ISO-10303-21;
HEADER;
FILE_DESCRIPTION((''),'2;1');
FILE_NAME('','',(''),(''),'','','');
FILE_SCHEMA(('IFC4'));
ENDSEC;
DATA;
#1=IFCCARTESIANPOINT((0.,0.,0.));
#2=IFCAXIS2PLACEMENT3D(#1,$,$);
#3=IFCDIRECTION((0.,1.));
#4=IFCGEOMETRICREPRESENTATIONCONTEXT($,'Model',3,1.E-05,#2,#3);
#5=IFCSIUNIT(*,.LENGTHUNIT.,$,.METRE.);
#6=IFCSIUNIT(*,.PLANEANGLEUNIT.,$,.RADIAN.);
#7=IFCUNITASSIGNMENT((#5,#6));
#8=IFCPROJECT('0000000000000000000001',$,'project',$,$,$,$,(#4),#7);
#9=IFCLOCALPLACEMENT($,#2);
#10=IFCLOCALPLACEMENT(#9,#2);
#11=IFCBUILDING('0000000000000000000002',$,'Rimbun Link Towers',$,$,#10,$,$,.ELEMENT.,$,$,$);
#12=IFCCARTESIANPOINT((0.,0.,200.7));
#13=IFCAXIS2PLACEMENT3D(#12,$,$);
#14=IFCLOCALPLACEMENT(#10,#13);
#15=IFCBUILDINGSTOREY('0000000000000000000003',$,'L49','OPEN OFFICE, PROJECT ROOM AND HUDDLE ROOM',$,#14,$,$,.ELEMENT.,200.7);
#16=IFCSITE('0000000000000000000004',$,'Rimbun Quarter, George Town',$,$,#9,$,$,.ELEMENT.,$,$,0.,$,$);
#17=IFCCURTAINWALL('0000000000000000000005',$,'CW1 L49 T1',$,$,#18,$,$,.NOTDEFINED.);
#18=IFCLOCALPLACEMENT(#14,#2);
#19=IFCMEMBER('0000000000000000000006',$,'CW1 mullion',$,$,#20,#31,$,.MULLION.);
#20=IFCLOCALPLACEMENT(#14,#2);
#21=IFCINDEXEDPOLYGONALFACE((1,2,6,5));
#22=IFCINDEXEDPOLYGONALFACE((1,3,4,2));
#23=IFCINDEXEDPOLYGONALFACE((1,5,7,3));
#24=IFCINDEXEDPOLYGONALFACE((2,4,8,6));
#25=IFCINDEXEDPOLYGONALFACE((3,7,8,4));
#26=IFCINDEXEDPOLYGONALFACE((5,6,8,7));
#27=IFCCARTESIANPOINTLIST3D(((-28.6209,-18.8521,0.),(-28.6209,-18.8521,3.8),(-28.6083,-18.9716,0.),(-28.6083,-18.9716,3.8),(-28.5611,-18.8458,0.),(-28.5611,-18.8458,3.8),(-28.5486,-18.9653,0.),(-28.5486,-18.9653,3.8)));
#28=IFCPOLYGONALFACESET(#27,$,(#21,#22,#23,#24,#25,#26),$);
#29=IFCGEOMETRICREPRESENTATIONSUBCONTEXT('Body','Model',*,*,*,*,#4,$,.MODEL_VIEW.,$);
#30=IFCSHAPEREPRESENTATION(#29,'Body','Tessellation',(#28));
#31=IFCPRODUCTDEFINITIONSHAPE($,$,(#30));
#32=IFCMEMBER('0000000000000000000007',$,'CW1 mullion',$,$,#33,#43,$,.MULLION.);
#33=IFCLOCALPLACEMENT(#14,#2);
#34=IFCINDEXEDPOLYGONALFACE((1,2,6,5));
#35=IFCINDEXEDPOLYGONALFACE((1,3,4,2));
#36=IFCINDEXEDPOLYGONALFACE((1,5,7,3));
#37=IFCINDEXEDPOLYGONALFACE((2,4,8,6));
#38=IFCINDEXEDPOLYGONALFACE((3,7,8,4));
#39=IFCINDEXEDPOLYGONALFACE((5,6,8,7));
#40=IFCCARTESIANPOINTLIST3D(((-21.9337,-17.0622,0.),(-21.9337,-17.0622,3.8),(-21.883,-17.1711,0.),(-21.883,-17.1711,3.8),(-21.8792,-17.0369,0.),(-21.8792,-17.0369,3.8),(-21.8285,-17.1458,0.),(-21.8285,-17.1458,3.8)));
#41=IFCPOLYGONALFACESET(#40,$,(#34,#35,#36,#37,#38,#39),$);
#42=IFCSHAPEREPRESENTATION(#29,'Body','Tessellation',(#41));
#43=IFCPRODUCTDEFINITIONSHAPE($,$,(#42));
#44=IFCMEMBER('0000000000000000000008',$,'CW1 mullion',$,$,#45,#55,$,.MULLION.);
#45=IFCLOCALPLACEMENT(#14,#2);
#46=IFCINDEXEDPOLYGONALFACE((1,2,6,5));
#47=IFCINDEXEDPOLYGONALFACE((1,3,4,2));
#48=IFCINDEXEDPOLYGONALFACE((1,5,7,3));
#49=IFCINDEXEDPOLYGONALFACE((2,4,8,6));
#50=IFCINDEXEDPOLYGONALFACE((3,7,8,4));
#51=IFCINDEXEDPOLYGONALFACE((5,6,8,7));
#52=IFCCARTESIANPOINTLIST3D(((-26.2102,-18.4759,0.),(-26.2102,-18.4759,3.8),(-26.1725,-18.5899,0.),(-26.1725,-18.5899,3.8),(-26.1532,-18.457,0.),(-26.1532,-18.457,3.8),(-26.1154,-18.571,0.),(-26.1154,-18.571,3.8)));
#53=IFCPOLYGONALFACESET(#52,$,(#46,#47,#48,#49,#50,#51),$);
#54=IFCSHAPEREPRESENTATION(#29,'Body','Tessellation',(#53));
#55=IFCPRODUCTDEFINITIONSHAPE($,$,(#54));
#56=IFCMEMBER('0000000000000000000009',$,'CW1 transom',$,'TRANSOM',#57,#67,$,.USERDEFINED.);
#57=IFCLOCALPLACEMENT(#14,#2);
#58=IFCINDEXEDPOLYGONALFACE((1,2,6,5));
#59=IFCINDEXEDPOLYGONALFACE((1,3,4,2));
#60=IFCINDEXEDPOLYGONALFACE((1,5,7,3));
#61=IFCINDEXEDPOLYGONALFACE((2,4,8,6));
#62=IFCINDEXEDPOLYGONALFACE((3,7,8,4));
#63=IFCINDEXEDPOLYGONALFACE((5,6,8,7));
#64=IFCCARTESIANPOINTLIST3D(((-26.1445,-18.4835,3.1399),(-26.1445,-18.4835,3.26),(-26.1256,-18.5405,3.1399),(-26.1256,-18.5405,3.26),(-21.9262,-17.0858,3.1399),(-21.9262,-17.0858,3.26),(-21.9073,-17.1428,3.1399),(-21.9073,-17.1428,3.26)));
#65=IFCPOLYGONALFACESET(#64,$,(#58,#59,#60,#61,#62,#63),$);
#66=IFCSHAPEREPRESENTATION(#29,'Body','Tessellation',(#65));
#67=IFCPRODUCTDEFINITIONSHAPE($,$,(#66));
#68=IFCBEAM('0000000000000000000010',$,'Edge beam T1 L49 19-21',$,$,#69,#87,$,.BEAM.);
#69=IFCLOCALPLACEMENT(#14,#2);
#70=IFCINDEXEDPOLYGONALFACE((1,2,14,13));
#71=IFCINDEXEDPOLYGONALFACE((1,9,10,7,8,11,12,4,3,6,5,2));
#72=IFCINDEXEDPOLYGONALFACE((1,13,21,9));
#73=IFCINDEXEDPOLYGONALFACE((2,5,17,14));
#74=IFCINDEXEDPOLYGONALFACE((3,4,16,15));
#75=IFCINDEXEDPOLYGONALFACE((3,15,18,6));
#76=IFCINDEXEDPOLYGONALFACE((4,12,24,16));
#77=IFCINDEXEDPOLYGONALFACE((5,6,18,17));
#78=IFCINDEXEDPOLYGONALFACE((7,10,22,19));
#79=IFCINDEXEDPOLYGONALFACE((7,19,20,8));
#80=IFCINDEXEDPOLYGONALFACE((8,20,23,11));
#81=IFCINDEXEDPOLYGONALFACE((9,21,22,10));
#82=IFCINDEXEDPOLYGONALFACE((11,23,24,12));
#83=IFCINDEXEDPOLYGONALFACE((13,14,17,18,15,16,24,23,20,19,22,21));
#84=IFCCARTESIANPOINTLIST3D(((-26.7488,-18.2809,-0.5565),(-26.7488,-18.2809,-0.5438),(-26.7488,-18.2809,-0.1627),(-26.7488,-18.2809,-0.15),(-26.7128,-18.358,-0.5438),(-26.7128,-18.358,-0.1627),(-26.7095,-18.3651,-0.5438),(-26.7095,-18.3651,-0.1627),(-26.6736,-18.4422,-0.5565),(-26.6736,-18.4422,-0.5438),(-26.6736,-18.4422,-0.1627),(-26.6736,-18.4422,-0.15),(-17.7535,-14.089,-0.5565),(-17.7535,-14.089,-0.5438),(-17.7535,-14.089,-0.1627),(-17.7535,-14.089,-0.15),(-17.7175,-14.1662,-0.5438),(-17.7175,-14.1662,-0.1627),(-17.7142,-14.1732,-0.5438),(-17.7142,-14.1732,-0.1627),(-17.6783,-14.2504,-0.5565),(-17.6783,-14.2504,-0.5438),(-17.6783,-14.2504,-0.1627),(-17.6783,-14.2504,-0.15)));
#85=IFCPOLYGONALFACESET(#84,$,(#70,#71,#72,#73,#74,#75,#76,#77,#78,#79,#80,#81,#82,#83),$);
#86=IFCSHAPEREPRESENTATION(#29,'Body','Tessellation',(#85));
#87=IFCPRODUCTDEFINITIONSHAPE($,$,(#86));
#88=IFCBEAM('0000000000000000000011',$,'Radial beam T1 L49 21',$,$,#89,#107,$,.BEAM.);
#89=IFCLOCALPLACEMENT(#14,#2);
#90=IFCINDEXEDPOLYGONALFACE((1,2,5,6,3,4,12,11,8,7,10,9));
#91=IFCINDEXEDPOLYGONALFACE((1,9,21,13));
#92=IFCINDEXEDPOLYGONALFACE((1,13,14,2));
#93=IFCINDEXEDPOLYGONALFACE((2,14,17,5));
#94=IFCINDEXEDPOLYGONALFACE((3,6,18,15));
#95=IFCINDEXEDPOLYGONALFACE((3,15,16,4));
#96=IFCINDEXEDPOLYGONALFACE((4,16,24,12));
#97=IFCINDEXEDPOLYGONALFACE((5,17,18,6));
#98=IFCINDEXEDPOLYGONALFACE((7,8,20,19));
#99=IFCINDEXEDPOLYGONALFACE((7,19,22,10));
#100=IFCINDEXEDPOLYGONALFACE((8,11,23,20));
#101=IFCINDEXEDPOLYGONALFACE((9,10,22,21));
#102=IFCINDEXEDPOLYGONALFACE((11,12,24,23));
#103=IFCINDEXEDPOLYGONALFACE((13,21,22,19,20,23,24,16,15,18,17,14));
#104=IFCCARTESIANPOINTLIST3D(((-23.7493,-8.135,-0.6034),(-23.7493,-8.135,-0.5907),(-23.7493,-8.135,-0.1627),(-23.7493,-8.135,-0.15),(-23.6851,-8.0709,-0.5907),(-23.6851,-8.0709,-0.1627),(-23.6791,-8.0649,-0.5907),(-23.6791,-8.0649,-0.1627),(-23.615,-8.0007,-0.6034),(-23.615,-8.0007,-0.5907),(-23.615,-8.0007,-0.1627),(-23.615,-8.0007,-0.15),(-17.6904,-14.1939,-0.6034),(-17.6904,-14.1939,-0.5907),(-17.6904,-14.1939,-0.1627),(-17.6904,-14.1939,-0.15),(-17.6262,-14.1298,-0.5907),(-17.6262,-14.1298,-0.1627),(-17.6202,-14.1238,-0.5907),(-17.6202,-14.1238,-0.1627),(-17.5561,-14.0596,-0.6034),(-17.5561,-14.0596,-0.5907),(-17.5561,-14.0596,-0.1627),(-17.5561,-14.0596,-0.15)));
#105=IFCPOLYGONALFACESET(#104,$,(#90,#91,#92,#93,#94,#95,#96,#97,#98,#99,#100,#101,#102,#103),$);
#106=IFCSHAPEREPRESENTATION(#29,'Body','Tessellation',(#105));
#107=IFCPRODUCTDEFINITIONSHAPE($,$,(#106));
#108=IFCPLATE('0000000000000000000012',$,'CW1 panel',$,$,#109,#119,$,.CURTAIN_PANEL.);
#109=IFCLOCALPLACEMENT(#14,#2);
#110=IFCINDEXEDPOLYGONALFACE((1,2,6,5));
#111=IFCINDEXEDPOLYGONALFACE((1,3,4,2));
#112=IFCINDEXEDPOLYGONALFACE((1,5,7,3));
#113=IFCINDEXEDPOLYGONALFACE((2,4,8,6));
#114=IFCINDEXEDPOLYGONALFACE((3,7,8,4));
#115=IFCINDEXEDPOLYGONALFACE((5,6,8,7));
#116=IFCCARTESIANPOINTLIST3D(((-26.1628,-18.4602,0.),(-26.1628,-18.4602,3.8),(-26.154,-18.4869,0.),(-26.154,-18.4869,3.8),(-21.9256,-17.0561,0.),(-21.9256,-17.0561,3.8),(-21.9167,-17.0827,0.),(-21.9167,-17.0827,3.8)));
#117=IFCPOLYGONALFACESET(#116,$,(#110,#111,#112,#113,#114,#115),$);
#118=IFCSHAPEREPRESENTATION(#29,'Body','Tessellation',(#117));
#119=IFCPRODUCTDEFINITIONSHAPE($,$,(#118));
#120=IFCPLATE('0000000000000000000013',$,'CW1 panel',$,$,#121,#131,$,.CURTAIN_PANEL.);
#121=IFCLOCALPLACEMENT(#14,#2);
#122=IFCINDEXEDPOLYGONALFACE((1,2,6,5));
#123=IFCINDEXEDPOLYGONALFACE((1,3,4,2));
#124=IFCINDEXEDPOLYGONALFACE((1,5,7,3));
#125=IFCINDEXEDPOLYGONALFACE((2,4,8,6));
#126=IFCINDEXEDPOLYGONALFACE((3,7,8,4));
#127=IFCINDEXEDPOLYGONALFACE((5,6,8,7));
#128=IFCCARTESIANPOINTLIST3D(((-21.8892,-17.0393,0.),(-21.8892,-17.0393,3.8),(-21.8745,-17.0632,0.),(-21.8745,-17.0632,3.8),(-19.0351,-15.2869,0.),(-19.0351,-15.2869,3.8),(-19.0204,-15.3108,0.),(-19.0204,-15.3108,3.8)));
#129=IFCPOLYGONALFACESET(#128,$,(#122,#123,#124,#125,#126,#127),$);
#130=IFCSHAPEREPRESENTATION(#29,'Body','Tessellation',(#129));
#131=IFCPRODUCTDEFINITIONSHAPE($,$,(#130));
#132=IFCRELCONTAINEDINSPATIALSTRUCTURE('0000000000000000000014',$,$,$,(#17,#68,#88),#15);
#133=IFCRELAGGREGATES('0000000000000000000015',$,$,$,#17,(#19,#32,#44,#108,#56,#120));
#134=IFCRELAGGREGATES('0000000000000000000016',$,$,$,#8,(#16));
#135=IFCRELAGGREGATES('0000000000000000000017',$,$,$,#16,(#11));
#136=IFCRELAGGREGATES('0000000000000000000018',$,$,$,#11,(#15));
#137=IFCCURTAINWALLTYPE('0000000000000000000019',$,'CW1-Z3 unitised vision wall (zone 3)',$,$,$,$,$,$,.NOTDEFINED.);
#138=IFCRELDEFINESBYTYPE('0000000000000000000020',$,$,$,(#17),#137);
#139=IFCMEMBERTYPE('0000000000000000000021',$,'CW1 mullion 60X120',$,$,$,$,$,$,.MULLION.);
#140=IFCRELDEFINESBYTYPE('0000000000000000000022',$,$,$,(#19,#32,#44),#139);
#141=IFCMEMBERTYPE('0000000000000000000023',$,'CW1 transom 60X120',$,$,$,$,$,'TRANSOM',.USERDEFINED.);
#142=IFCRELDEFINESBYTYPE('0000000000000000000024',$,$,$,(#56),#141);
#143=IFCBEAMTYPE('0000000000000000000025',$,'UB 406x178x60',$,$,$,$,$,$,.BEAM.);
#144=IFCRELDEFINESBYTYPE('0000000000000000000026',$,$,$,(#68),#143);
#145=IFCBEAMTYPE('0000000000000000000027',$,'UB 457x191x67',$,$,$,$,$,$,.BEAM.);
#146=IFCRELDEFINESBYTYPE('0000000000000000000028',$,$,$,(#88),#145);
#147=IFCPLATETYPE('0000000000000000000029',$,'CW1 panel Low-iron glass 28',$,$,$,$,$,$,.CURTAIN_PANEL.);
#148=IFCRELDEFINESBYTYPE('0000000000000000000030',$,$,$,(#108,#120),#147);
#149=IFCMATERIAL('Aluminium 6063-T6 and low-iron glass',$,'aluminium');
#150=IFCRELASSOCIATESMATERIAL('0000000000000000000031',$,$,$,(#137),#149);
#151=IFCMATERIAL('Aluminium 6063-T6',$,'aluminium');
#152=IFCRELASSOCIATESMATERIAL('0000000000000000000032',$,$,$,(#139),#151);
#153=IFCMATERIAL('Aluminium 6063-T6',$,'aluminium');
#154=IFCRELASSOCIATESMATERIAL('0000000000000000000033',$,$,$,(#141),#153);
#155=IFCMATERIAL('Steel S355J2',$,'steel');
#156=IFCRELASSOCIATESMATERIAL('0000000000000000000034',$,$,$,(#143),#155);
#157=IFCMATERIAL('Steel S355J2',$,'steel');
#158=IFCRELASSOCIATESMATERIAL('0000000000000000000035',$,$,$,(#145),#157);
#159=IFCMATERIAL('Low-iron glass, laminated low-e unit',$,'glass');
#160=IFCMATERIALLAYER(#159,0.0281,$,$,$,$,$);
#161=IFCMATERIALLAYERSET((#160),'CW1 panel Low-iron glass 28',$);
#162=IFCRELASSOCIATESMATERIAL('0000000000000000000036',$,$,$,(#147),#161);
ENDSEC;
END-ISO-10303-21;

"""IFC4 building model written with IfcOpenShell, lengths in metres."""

from ifc_helpers import new_model, si_unit, direction, frame, origin, origin_2d, place, context, subcontext, project, spatial, rectangle, i_section, extrude, material, layer, layer_set, material_profile, profile_set, type_object, element, aggregate, save


model = new_model("IFC4")

# Units and contexts
model_context = context("Model", 3, precision=1e-05, world=origin(), true_north=direction((0.0, 1.0)))
body_context = subcontext(model_context, "Body", "Model", "MODEL_VIEW")
ifc_project = project(units=[si_unit("LENGTHUNIT", "METRE"), si_unit("PLANEANGLEUNIT", "RADIAN")], contexts=[model_context])

# Site, building, storey
site_placement = place(None, origin())
site = spatial("IfcSite", under=ifc_project, at=site_placement, Name="Rimbun Quarter, George Town", CompositionType="ELEMENT", RefElevation=0.0)
building_placement = place(site_placement, origin())
building = spatial("IfcBuilding", under=site, at=building_placement, Name="Rimbun Link Towers", CompositionType="ELEMENT")
storey_placement = place(building_placement, frame((0.0, 0.0, 200.7)))
storey = spatial("IfcBuildingStorey", under=building, at=storey_placement, Name="L49", Description="OPEN OFFICE, PROJECT ROOM AND HUDDLE ROOM", CompositionType="ELEMENT", Elevation=200.7)

# Curtain wall, members
ifc_material_1 = material(Name="Aluminium 6063-T6 and low-iron glass", Category="aluminium")
curtain_wall_type = type_object("IfcCurtainWallType", Name="CW1-Z3 unitised vision wall (zone 3)", PredefinedType="NOTDEFINED", material=ifc_material_1)
curtain_wall_placement = place(storey_placement, origin())
curtain_wall = element("IfcCurtainWall", 1, at=curtain_wall_placement, inside=storey, type_object=curtain_wall_type, Name="CW1 L49 T1", PredefinedType="NOTDEFINED")
ifc_material_2 = material(Name="Aluminium 6063-T6", Category="aluminium")
ifc_material_profile_1 = material_profile(ifc_material_2, rectangle(XDim=0.1201, YDim=0.0601, at=origin_2d()), Name="MULLION 60X120")
ifc_profile_set_1 = profile_set([ifc_material_profile_1], Name="Aluminium 6063-T6")
member_type_1 = type_object("IfcMemberType", Name="CW1 mullion 60X120", PredefinedType="MULLION", material=ifc_profile_set_1)
member_1_placement = place(storey_placement, frame((-28.5847, -18.9087, 0.0), z_axis=(0.0, 0.0, 1.0), x_axis=(0.104748, -0.994499, 0.0)))
member_1 = element("IfcMember", 2, at=member_1_placement, type_object=member_type_1, Name="CW1 mullion", PredefinedType="MULLION", context=body_context, shape_type="SweptSolid", body=[
    extrude(rectangle(XDim=0.1201, YDim=0.0601, at=origin_2d()), origin(), (0.0, 0.0, 1.0), 3.8),
])
member_2_placement = place(storey_placement, frame((-21.8811, -17.104, 0.0), z_axis=(0.0, 0.0, 1.0), x_axis=(0.421695, -0.906738, 0.0)))
member_2 = element("IfcMember", 3, at=member_2_placement, type_object=member_type_1, Name="CW1 mullion", PredefinedType="MULLION", context=body_context, shape_type="SweptSolid", body=[
    extrude(rectangle(XDim=0.1201, YDim=0.0601, at=origin_2d()), origin(), (0.0, 0.0, 1.0), 3.8),
])
member_3_placement = place(storey_placement, frame((-26.1628, -18.5234, 0.0), z_axis=(0.0, 0.0, 1.0), x_axis=(0.314558, -0.949238, 0.0)))
member_3 = element("IfcMember", 4, at=member_3_placement, type_object=member_type_1, Name="CW1 mullion", PredefinedType="MULLION", context=body_context, shape_type="SweptSolid", body=[
    extrude(rectangle(XDim=0.1201, YDim=0.0601, at=origin_2d()), origin(), (0.0, 0.0, 1.0), 3.8),
])
ifc_material_3 = material(Name="Aluminium 6063-T6", Category="aluminium")
ifc_material_profile_2 = material_profile(ifc_material_3, rectangle(XDim=0.0601, YDim=0.1201, at=origin_2d()), Name="TRANSOM 60X120")
ifc_profile_set_2 = profile_set([ifc_material_profile_2], Name="Aluminium 6063-T6")
member_type_2 = type_object("IfcMemberType", Name="CW1 transom 60X120", ElementType="TRANSOM", PredefinedType="USERDEFINED", material=ifc_profile_set_2)
member_4_placement = place(storey_placement, frame((-21.9167, -17.1143, 3.2), z_axis=(-0.949248, -0.31453, 0.0), x_axis=(0.31453, -0.949248, 0.0)))
member_4 = element("IfcMember", 5, at=member_4_placement, type_object=member_type_2, Name="CW1 transom", ObjectType="TRANSOM", PredefinedType="USERDEFINED", context=body_context, shape_type="SweptSolid", body=[
    extrude(rectangle(XDim=0.0601, YDim=0.1201, at=origin_2d()), origin(), (0.0, 0.0, 1.0), 4.4438),
])

# Beams
ifc_material_4 = material(Name="Steel S355J2", Category="steel")
ifc_material_profile_3 = material_profile(ifc_material_4, i_section(OverallWidth=0.178, OverallDepth=0.4065, WebThickness=0.0078, FlangeThickness=0.0127, at=origin_2d()), Name="UB 406x178x60")
ifc_profile_set_3 = profile_set([ifc_material_profile_3], Name="Steel S355J2")
beam_type_1 = type_object("IfcBeamType", Name="UB 406x178x60", PredefinedType="BEAM", material=ifc_profile_set_3)
beam_1_placement = place(storey_placement, frame((-26.7112, -18.3616, -0.3533), z_axis=(0.906412, 0.422394, 0.0), x_axis=(-0.422394, 0.906412, 0.0)))
element("IfcBeam", 6, at=beam_1_placement, inside=storey, type_object=beam_type_1, Name="Edge beam T1 L49 19-21", PredefinedType="BEAM", context=body_context, shape_type="SweptSolid", body=[
    extrude(i_section(OverallWidth=0.178, OverallDepth=0.4065, WebThickness=0.0078, FlangeThickness=0.0127, at=origin_2d()), origin(), (0.0, 0.0, 1.0), 9.9241),
])
ifc_material_5 = material(Name="Steel S355J2", Category="steel")
ifc_material_profile_4 = material_profile(ifc_material_5, i_section(OverallWidth=0.1899, OverallDepth=0.4534, WebThickness=0.0085, FlangeThickness=0.0127, at=origin_2d()), Name="UB 457x191x67")
ifc_profile_set_4 = profile_set([ifc_material_profile_4], Name="Steel S355J2")
beam_type_2 = type_object("IfcBeamType", Name="UB 457x191x67", PredefinedType="BEAM", material=ifc_profile_set_4)
beam_2_placement = place(storey_placement, frame((-23.6821, -8.0679, -0.3767), z_axis=(0.707107, -0.707107, 0.0), x_axis=(0.707107, 0.707107, 0.0)))
element("IfcBeam", 7, at=beam_2_placement, inside=storey, type_object=beam_type_2, Name="Radial beam T1 L49 21", PredefinedType="BEAM", context=body_context, shape_type="SweptSolid", body=[
    extrude(i_section(OverallWidth=0.1899, OverallDepth=0.4534, WebThickness=0.0085, FlangeThickness=0.0127, at=origin_2d()), origin(), (0.0, 0.0, 1.0), 8.5686),
])

# Plates
ifc_material_6 = material(Name="Low-iron glass, laminated low-e unit", Category="glass")
ifc_layer_1 = layer(ifc_material_6, 0.0281)
ifc_layer_set_1 = layer_set([ifc_layer_1], Name="CW1 panel Low-iron glass 28")
plate_type = type_object("IfcPlateType", Name="CW1 panel Low-iron glass 28", PredefinedType="CURTAIN_PANEL", material=ifc_layer_set_1)
plate_1_placement = place(storey_placement, frame((-24.0398, -17.7715, 0.0), z_axis=(0.0, 0.0, 1.0), x_axis=(-0.949238, -0.314558, 0.0)))
plate_1 = element("IfcPlate", 8, at=plate_1_placement, type_object=plate_type, Name="CW1 panel", PredefinedType="CURTAIN_PANEL", context=body_context, shape_type="SweptSolid", body=[
    extrude(rectangle(XDim=4.4639, YDim=0.0281, at=origin_2d()), origin(), (0.0, 0.0, 1.0), 3.8),
])
plate_2_placement = place(storey_placement, frame((-20.4548, -16.175, 0.0), z_axis=(0.0, 0.0, 1.0), x_axis=(-0.852192, -0.523229, 0.0)))
plate_2 = element("IfcPlate", 9, at=plate_2_placement, type_object=plate_type, Name="CW1 panel", PredefinedType="CURTAIN_PANEL", context=body_context, shape_type="SweptSolid", body=[
    extrude(rectangle(XDim=3.3491, YDim=0.0281, at=origin_2d()), origin(), (0.0, 0.0, 1.0), 3.8),
])
aggregate(curtain_wall, [member_1, member_2, member_3, plate_1, member_4, plate_2])

save(model, "model.ifc")
